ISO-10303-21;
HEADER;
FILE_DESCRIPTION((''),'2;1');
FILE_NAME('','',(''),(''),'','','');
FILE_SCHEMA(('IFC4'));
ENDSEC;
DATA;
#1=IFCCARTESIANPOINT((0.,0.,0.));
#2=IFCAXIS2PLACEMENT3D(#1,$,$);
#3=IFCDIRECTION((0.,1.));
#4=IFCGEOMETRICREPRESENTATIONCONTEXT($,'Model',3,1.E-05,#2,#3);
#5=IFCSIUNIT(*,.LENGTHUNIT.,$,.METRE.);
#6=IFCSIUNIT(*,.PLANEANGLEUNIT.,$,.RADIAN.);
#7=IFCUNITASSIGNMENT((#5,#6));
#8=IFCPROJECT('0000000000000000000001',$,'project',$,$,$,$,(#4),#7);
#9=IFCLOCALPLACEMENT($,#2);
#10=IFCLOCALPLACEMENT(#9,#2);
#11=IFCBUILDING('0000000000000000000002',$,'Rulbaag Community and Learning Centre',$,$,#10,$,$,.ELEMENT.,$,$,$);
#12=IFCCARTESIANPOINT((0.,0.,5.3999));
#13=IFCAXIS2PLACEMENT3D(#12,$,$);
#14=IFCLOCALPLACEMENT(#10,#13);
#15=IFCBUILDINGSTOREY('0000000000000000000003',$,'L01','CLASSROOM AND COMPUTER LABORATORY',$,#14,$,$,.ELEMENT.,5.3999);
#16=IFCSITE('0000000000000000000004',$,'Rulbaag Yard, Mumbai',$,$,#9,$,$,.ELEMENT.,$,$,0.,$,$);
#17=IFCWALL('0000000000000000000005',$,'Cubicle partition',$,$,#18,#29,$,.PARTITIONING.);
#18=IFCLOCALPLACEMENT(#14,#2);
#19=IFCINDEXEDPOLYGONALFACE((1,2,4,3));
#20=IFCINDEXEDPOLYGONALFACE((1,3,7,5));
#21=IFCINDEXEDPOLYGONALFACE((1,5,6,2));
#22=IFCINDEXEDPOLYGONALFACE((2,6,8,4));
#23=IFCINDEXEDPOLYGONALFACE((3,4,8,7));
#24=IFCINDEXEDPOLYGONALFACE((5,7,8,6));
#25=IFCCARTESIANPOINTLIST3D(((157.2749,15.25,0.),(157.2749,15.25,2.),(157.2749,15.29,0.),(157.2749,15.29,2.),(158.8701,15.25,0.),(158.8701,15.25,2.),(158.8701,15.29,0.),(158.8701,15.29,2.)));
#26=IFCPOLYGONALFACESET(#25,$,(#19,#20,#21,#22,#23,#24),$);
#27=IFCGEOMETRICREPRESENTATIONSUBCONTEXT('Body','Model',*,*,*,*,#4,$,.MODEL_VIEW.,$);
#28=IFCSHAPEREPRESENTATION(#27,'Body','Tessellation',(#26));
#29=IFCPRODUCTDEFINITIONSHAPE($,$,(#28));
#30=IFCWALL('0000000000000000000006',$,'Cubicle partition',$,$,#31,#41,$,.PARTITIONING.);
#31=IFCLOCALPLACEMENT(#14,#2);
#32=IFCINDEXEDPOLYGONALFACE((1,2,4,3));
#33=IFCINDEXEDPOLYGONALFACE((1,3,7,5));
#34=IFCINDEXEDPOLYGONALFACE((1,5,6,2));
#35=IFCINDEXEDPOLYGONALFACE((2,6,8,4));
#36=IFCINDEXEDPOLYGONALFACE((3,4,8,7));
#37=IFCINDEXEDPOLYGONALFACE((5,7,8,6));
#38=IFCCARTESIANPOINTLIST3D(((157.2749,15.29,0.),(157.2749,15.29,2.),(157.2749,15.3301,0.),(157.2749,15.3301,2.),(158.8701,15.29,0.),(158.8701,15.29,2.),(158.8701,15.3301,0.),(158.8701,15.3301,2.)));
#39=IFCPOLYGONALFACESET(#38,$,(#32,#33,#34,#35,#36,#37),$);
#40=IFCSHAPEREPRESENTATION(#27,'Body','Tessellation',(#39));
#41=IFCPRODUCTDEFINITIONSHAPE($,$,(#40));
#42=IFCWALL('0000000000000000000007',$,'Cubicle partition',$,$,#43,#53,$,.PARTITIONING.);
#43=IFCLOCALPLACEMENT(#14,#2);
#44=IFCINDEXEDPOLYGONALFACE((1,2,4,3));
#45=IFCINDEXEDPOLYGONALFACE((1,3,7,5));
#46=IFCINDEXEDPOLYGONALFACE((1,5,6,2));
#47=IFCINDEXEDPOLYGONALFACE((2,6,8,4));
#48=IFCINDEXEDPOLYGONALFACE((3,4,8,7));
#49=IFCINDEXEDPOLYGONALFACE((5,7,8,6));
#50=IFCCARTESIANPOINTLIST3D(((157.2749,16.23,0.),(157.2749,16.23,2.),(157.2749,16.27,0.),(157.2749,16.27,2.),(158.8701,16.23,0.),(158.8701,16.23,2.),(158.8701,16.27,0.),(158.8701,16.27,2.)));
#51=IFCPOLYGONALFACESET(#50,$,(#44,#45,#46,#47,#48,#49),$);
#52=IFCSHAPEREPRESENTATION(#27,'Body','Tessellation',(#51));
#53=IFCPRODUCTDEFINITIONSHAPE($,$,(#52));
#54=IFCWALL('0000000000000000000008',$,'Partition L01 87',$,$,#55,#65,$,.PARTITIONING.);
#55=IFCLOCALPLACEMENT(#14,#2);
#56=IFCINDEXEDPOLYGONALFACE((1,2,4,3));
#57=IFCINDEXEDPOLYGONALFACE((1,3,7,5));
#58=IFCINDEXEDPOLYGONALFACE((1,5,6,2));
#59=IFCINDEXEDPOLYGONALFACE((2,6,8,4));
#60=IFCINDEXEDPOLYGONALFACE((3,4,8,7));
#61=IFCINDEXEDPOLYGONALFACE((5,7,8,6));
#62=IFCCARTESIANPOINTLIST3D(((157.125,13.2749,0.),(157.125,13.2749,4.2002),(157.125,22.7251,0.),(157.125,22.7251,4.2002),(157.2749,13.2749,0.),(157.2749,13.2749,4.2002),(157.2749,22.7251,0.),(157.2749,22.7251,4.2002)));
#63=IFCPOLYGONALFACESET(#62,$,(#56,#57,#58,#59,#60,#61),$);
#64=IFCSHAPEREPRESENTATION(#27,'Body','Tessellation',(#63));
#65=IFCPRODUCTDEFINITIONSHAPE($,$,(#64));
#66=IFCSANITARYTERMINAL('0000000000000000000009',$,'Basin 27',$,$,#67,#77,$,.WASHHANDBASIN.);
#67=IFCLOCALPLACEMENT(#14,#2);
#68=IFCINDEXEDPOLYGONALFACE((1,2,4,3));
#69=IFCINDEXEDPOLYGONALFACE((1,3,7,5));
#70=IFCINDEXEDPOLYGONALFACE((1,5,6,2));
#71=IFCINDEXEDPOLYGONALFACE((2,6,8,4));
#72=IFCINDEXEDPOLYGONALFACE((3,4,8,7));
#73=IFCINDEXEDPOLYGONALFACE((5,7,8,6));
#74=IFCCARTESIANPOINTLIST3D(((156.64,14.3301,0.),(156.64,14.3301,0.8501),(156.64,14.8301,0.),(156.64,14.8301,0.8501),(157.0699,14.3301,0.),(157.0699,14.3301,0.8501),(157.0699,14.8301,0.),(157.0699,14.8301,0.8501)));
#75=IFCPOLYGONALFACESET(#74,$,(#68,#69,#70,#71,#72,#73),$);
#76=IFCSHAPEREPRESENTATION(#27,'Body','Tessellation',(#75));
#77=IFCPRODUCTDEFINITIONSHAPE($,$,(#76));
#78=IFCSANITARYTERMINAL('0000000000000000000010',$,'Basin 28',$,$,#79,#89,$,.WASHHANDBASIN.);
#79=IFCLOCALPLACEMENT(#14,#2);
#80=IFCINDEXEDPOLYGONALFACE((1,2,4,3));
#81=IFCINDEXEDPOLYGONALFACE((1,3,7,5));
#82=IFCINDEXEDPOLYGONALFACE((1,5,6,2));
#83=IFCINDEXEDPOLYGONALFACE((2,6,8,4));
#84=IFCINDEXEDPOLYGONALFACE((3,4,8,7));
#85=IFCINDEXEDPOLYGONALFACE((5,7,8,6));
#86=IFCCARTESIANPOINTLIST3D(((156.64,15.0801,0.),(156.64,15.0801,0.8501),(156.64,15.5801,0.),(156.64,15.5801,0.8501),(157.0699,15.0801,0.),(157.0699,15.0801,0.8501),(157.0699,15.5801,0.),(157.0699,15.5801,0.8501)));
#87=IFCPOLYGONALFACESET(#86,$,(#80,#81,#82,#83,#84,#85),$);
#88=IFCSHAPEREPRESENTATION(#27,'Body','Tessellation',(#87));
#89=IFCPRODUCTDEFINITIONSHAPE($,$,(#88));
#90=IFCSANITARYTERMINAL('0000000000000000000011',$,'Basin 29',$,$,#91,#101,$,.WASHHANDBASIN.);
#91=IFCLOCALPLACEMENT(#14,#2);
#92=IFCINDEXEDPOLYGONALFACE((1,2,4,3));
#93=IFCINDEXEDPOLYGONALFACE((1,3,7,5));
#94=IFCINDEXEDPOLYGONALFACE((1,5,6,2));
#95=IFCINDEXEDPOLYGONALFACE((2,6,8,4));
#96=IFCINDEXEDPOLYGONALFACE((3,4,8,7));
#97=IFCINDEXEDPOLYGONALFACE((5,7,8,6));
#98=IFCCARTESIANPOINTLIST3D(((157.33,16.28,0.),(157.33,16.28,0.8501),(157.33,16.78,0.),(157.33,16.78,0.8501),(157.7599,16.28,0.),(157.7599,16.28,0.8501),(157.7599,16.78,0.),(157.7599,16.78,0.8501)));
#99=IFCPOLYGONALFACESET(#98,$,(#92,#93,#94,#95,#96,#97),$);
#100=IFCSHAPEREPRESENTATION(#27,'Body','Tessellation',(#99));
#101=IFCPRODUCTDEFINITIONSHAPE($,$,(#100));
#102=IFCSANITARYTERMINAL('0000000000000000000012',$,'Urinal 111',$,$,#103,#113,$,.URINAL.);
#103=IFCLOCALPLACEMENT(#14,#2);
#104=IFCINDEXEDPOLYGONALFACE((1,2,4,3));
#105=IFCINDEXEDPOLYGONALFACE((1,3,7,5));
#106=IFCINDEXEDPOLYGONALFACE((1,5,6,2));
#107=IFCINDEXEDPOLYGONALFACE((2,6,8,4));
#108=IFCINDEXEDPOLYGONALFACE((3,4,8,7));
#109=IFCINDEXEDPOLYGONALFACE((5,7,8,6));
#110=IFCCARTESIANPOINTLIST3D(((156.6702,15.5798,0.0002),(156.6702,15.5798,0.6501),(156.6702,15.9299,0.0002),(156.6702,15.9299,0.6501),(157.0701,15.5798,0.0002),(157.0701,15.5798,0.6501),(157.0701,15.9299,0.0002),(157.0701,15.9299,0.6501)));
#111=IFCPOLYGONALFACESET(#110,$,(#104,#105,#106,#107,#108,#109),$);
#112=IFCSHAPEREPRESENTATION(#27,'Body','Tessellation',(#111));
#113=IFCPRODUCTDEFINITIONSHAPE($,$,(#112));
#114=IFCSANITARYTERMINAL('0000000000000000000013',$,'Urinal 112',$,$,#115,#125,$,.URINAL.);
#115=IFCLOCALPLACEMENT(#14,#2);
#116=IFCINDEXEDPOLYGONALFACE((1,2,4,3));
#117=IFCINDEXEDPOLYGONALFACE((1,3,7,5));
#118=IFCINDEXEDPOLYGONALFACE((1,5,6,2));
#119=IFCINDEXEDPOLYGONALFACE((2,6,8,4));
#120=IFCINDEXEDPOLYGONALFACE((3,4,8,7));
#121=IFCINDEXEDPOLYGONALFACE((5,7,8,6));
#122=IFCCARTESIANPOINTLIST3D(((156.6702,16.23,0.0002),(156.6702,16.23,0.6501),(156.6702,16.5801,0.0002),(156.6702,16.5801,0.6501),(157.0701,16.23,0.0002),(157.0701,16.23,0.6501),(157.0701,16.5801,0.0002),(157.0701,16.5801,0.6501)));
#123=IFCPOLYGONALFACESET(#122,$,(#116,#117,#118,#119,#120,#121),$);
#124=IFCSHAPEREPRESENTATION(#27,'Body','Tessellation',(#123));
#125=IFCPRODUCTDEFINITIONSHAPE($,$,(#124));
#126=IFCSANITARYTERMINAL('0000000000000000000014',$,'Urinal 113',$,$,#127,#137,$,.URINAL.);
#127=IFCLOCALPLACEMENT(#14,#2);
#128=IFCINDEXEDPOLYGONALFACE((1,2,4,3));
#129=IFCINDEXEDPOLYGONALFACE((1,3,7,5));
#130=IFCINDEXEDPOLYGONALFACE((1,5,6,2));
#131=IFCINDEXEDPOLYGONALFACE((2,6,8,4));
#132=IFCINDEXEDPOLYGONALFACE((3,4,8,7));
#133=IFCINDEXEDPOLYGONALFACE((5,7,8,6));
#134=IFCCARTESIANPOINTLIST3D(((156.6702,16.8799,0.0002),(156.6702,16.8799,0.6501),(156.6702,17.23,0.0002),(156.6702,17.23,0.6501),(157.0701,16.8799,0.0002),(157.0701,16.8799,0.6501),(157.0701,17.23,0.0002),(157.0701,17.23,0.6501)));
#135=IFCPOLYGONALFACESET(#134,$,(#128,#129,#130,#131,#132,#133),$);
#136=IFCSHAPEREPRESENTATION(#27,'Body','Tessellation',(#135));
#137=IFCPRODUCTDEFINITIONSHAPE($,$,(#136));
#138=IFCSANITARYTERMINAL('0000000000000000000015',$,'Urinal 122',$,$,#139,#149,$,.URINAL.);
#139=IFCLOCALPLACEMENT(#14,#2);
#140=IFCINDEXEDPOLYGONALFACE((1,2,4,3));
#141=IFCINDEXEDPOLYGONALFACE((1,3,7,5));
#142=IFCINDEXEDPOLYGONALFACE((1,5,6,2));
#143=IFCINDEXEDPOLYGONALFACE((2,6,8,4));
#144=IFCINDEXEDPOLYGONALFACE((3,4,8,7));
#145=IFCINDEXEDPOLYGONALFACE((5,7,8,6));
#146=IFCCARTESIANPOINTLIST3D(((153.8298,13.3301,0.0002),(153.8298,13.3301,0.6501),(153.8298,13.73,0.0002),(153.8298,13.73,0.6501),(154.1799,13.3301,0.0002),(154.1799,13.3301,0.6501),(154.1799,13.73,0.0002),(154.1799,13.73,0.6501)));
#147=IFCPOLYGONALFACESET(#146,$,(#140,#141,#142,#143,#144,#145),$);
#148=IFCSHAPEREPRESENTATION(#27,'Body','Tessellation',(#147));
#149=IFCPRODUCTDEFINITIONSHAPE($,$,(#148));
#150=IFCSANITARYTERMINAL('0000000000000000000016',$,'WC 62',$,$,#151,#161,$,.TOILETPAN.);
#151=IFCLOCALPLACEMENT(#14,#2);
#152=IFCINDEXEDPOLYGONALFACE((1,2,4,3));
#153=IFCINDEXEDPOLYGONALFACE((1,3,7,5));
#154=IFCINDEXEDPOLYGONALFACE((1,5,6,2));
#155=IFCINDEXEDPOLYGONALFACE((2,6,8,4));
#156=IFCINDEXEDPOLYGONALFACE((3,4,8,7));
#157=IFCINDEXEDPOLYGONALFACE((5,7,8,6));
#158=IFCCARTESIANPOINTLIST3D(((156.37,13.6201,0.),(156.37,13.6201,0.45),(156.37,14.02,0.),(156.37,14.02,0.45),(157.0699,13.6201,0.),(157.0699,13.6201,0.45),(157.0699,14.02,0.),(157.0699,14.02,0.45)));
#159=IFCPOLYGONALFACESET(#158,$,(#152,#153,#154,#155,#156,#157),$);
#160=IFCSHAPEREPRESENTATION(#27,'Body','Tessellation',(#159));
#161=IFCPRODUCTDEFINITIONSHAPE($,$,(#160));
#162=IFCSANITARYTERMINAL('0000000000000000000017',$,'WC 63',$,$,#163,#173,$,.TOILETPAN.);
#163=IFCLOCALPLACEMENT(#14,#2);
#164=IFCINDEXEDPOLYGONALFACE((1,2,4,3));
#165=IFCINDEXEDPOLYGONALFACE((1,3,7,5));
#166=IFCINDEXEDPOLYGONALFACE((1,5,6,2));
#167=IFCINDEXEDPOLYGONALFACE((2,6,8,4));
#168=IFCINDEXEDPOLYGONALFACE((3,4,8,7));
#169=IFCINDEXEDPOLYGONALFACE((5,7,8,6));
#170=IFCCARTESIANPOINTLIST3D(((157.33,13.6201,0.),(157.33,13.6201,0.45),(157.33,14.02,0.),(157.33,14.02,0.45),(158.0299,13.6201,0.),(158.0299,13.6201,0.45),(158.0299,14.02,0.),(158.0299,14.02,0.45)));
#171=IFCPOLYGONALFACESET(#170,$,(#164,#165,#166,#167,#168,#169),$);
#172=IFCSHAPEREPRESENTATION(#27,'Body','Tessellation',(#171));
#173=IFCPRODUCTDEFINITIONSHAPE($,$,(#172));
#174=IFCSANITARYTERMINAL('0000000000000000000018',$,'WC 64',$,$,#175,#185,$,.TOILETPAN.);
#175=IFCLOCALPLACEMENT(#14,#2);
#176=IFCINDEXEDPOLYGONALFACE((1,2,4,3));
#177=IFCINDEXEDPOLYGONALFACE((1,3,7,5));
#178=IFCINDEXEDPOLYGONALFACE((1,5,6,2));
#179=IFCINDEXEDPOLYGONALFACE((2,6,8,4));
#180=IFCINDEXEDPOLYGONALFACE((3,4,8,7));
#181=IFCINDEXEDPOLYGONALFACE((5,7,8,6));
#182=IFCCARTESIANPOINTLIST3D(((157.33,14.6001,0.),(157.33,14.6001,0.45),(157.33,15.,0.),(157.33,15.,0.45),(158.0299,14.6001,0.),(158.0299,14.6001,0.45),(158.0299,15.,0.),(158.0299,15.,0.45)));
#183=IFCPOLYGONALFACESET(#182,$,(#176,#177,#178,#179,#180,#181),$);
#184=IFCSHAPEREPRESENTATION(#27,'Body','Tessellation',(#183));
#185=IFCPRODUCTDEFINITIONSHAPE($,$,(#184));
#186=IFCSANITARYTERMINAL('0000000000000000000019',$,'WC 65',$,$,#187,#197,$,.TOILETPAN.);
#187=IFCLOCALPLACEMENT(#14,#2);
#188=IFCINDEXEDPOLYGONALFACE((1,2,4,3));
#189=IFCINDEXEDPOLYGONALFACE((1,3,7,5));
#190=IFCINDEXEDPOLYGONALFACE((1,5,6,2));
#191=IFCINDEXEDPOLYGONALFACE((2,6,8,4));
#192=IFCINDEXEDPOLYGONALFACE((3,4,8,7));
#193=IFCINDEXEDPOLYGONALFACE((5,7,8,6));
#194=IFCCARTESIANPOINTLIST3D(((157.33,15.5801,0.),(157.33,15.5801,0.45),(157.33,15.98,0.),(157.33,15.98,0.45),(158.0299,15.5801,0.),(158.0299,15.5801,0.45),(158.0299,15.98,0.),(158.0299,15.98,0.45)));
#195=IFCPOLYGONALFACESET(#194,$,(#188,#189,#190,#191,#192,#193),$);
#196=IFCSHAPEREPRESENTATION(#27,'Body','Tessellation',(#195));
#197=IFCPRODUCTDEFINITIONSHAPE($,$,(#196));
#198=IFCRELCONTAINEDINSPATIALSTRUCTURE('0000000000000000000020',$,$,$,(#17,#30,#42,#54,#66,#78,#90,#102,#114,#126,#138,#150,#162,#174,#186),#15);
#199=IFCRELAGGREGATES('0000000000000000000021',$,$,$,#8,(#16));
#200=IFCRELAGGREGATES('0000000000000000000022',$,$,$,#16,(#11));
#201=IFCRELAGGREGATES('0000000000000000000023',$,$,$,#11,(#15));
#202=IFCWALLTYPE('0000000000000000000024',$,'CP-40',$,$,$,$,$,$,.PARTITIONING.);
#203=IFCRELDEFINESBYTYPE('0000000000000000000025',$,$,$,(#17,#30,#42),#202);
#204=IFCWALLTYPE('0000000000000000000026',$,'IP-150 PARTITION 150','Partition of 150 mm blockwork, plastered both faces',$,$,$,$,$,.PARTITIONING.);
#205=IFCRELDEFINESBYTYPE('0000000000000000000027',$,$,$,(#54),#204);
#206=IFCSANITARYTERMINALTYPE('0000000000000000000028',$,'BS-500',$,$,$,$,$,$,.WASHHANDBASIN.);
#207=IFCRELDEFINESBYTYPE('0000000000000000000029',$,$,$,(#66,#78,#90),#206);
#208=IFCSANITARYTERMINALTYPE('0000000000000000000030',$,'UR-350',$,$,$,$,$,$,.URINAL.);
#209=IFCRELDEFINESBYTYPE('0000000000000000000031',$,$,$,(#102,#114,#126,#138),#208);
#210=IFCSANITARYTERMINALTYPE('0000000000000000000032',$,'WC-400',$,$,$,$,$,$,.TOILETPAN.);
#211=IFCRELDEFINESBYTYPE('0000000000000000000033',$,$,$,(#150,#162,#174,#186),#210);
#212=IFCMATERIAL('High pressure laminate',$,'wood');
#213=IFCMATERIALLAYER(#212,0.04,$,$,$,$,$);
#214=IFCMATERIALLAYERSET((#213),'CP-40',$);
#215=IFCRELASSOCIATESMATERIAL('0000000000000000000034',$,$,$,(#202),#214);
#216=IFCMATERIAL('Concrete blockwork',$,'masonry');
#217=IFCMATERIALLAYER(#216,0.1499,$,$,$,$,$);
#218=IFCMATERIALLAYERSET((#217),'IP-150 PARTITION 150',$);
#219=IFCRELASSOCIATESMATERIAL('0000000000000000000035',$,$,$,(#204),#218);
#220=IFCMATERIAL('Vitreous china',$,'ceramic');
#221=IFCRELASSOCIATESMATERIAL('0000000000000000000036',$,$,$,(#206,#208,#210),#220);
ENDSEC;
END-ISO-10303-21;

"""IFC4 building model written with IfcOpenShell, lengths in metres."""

from ifc_helpers import new_model, si_unit, direction, frame, frame_2d, origin, origin_2d, place, context, subcontext, project, spatial, rectangle, extrude, material, layer, layer_set, type_object, element, save


model = new_model("IFC4")

# Units and contexts
model_context = context("Model", 3, precision=1e-05, world=origin(), true_north=direction((0.0, 1.0)))
body_context = subcontext(model_context, "Body", "Model", "MODEL_VIEW")
ifc_project = project(units=[si_unit("LENGTHUNIT", "METRE"), si_unit("PLANEANGLEUNIT", "RADIAN")], contexts=[model_context])

# Site, building, storey
site_placement = place(None, origin())
site = spatial("IfcSite", under=ifc_project, at=site_placement, Name="Rulbaag Yard, Mumbai", CompositionType="ELEMENT", RefElevation=0.0)
building_placement = place(site_placement, origin())
building = spatial("IfcBuilding", under=site, at=building_placement, Name="Rulbaag Community and Learning Centre", CompositionType="ELEMENT")
storey_placement = place(building_placement, frame((0.0, 0.0, 5.3999)))
storey = spatial("IfcBuildingStorey", under=building, at=storey_placement, Name="L01", Description="CLASSROOM AND COMPUTER LABORATORY", CompositionType="ELEMENT", Elevation=5.3999)

# Shared definitions
ifc_material_1 = material(Name="High pressure laminate", Category="wood")
ifc_layer_1 = layer(ifc_material_1, 0.04)
ifc_layer_set_1 = layer_set([ifc_layer_1], Name="CP-40")
wall_type_1 = type_object("IfcWallType", Name="CP-40", PredefinedType="PARTITIONING", material=ifc_layer_set_1)

# Walls
for number, where, z_axis, x_axis, name in (
    (1, (157.2749, 15.27, 0.0), (0.0, 0.0, 1.0), (1.0, 0.0, 0.0), "Cubicle partition"),
    (2, (157.2749, 15.3101, 0.0), (0.0, 0.0, 1.0), (1.0, 0.0, 0.0), "Cubicle partition"),
    (3, (157.2749, 16.25, 0.0), (0.0, 0.0, 1.0), (1.0, 0.0, 0.0), "Cubicle partition"),
):
    element("IfcWall", number, at=place(storey_placement, frame(where, z_axis=z_axis, x_axis=x_axis)), inside=storey, type_object=wall_type_1, Name=name, PredefinedType="PARTITIONING", context=body_context, shape_type="SweptSolid", body=[
        extrude(rectangle(XDim=1.5952, YDim=0.04, at=frame_2d((0.7976, 0.0))), origin(), (0.0, 0.0, 1.0), 2.0),
    ])
ifc_material_2 = material(Name="Concrete blockwork", Category="masonry")
ifc_layer_2 = layer(ifc_material_2, 0.1499)
ifc_layer_set_2 = layer_set([ifc_layer_2], Name="IP-150 PARTITION 150")
wall_type_2 = type_object("IfcWallType", Name="IP-150 PARTITION 150", Description="Partition of 150 mm blockwork, plastered both faces", PredefinedType="PARTITIONING", material=ifc_layer_set_2)
wall_1_placement = place(storey_placement, frame((157.2, 13.2749, 0.0), z_axis=(0.0, 0.0, 1.0), x_axis=(0.0, 1.0, 0.0)))
element("IfcWall", 4, at=wall_1_placement, inside=storey, type_object=wall_type_2, Name="Partition L01 87", PredefinedType="PARTITIONING", context=body_context, shape_type="SweptSolid", body=[
    extrude(rectangle(XDim=9.4502, YDim=0.1499, at=frame_2d((4.7251, 0.0))), origin(), (0.0, 0.0, 1.0), 4.2002),
])

# Sanitary terminals
ifc_material_3 = material(Name="Vitreous china", Category="ceramic")
sanitary_terminal_type_1 = type_object("IfcSanitaryTerminalType", Name="BS-500", PredefinedType="WASHHANDBASIN", material=ifc_material_3)
for number, where, z_axis, x_axis, name in (
    (5, (156.855, 14.5801, 0.0), (0.0, 0.0, 1.0), (1.0, 0.0, 0.0), "Basin 27"),
    (6, (156.855, 15.3301, 0.0), (0.0, 0.0, 1.0), (1.0, 0.0, 0.0), "Basin 28"),
    (7, (157.5449, 16.53, 0.0), (0.0, 0.0, 1.0), (1.0, 0.0, 0.0), "Basin 29"),
):
    element("IfcSanitaryTerminal", number, at=place(storey_placement, frame(where, z_axis=z_axis, x_axis=x_axis)), inside=storey, type_object=sanitary_terminal_type_1, Name=name, PredefinedType="WASHHANDBASIN", context=body_context, shape_type="SweptSolid", body=[
        extrude(rectangle(XDim=0.4299, YDim=0.5, at=origin_2d()), origin(), (0.0, 0.0, 1.0), 0.8501),
    ])
sanitary_terminal_type_2 = type_object("IfcSanitaryTerminalType", Name="UR-350", PredefinedType="URINAL", material=ifc_material_3)
for number, where, z_axis, x_axis, name in (
    (8, (156.8701, 15.7549, 0.0002), (0.0, 0.0, 1.0), (1.0, 0.0, 0.0), "Urinal 111"),
    (9, (156.8701, 16.405, 0.0002), (0.0, 0.0, 1.0), (1.0, 0.0, 0.0), "Urinal 112"),
    (10, (156.8701, 17.0549, 0.0002), (0.0, 0.0, 1.0), (1.0, 0.0, 0.0), "Urinal 113"),
):
    element("IfcSanitaryTerminal", number, at=place(storey_placement, frame(where, z_axis=z_axis, x_axis=x_axis)), inside=storey, type_object=sanitary_terminal_type_2, Name=name, PredefinedType="URINAL", context=body_context, shape_type="SweptSolid", body=[
        extrude(rectangle(XDim=0.3999, YDim=0.3501, at=origin_2d()), origin(), (0.0, 0.0, 1.0), 0.6499),
    ])
sanitary_terminal_placement = place(storey_placement, frame((154.0049, 13.53, 0.0002), z_axis=(0.0, 0.0, 1.0), x_axis=(1.0, 0.0, 0.0)))
element("IfcSanitaryTerminal", 11, at=sanitary_terminal_placement, inside=storey, type_object=sanitary_terminal_type_2, Name="Urinal 122", PredefinedType="URINAL", context=body_context, shape_type="SweptSolid", body=[
    extrude(rectangle(XDim=0.3501, YDim=0.3999, at=origin_2d()), origin(), (0.0, 0.0, 1.0), 0.6499),
])
sanitary_terminal_type_3 = type_object("IfcSanitaryTerminalType", Name="WC-400", PredefinedType="TOILETPAN", material=ifc_material_3)
for number, where, z_axis, x_axis, name in (
    (12, (156.72, 13.8201, 0.0), (0.0, 0.0, 1.0), (1.0, 0.0, 0.0), "WC 62"),
    (13, (157.6799, 13.8201, 0.0), (0.0, 0.0, 1.0), (1.0, 0.0, 0.0), "WC 63"),
    (14, (157.6799, 14.8, 0.0), (0.0, 0.0, 1.0), (1.0, 0.0, 0.0), "WC 64"),
    (15, (157.6799, 15.78, 0.0), (0.0, 0.0, 1.0), (1.0, 0.0, 0.0), "WC 65"),
):
    element("IfcSanitaryTerminal", number, at=place(storey_placement, frame(where, z_axis=z_axis, x_axis=x_axis)), inside=storey, type_object=sanitary_terminal_type_3, Name=name, PredefinedType="TOILETPAN", context=body_context, shape_type="SweptSolid", body=[
        extrude(rectangle(XDim=0.7, YDim=0.3999, at=origin_2d()), origin(), (0.0, 0.0, 1.0), 0.45),
    ])

save(model, "model.ifc")
